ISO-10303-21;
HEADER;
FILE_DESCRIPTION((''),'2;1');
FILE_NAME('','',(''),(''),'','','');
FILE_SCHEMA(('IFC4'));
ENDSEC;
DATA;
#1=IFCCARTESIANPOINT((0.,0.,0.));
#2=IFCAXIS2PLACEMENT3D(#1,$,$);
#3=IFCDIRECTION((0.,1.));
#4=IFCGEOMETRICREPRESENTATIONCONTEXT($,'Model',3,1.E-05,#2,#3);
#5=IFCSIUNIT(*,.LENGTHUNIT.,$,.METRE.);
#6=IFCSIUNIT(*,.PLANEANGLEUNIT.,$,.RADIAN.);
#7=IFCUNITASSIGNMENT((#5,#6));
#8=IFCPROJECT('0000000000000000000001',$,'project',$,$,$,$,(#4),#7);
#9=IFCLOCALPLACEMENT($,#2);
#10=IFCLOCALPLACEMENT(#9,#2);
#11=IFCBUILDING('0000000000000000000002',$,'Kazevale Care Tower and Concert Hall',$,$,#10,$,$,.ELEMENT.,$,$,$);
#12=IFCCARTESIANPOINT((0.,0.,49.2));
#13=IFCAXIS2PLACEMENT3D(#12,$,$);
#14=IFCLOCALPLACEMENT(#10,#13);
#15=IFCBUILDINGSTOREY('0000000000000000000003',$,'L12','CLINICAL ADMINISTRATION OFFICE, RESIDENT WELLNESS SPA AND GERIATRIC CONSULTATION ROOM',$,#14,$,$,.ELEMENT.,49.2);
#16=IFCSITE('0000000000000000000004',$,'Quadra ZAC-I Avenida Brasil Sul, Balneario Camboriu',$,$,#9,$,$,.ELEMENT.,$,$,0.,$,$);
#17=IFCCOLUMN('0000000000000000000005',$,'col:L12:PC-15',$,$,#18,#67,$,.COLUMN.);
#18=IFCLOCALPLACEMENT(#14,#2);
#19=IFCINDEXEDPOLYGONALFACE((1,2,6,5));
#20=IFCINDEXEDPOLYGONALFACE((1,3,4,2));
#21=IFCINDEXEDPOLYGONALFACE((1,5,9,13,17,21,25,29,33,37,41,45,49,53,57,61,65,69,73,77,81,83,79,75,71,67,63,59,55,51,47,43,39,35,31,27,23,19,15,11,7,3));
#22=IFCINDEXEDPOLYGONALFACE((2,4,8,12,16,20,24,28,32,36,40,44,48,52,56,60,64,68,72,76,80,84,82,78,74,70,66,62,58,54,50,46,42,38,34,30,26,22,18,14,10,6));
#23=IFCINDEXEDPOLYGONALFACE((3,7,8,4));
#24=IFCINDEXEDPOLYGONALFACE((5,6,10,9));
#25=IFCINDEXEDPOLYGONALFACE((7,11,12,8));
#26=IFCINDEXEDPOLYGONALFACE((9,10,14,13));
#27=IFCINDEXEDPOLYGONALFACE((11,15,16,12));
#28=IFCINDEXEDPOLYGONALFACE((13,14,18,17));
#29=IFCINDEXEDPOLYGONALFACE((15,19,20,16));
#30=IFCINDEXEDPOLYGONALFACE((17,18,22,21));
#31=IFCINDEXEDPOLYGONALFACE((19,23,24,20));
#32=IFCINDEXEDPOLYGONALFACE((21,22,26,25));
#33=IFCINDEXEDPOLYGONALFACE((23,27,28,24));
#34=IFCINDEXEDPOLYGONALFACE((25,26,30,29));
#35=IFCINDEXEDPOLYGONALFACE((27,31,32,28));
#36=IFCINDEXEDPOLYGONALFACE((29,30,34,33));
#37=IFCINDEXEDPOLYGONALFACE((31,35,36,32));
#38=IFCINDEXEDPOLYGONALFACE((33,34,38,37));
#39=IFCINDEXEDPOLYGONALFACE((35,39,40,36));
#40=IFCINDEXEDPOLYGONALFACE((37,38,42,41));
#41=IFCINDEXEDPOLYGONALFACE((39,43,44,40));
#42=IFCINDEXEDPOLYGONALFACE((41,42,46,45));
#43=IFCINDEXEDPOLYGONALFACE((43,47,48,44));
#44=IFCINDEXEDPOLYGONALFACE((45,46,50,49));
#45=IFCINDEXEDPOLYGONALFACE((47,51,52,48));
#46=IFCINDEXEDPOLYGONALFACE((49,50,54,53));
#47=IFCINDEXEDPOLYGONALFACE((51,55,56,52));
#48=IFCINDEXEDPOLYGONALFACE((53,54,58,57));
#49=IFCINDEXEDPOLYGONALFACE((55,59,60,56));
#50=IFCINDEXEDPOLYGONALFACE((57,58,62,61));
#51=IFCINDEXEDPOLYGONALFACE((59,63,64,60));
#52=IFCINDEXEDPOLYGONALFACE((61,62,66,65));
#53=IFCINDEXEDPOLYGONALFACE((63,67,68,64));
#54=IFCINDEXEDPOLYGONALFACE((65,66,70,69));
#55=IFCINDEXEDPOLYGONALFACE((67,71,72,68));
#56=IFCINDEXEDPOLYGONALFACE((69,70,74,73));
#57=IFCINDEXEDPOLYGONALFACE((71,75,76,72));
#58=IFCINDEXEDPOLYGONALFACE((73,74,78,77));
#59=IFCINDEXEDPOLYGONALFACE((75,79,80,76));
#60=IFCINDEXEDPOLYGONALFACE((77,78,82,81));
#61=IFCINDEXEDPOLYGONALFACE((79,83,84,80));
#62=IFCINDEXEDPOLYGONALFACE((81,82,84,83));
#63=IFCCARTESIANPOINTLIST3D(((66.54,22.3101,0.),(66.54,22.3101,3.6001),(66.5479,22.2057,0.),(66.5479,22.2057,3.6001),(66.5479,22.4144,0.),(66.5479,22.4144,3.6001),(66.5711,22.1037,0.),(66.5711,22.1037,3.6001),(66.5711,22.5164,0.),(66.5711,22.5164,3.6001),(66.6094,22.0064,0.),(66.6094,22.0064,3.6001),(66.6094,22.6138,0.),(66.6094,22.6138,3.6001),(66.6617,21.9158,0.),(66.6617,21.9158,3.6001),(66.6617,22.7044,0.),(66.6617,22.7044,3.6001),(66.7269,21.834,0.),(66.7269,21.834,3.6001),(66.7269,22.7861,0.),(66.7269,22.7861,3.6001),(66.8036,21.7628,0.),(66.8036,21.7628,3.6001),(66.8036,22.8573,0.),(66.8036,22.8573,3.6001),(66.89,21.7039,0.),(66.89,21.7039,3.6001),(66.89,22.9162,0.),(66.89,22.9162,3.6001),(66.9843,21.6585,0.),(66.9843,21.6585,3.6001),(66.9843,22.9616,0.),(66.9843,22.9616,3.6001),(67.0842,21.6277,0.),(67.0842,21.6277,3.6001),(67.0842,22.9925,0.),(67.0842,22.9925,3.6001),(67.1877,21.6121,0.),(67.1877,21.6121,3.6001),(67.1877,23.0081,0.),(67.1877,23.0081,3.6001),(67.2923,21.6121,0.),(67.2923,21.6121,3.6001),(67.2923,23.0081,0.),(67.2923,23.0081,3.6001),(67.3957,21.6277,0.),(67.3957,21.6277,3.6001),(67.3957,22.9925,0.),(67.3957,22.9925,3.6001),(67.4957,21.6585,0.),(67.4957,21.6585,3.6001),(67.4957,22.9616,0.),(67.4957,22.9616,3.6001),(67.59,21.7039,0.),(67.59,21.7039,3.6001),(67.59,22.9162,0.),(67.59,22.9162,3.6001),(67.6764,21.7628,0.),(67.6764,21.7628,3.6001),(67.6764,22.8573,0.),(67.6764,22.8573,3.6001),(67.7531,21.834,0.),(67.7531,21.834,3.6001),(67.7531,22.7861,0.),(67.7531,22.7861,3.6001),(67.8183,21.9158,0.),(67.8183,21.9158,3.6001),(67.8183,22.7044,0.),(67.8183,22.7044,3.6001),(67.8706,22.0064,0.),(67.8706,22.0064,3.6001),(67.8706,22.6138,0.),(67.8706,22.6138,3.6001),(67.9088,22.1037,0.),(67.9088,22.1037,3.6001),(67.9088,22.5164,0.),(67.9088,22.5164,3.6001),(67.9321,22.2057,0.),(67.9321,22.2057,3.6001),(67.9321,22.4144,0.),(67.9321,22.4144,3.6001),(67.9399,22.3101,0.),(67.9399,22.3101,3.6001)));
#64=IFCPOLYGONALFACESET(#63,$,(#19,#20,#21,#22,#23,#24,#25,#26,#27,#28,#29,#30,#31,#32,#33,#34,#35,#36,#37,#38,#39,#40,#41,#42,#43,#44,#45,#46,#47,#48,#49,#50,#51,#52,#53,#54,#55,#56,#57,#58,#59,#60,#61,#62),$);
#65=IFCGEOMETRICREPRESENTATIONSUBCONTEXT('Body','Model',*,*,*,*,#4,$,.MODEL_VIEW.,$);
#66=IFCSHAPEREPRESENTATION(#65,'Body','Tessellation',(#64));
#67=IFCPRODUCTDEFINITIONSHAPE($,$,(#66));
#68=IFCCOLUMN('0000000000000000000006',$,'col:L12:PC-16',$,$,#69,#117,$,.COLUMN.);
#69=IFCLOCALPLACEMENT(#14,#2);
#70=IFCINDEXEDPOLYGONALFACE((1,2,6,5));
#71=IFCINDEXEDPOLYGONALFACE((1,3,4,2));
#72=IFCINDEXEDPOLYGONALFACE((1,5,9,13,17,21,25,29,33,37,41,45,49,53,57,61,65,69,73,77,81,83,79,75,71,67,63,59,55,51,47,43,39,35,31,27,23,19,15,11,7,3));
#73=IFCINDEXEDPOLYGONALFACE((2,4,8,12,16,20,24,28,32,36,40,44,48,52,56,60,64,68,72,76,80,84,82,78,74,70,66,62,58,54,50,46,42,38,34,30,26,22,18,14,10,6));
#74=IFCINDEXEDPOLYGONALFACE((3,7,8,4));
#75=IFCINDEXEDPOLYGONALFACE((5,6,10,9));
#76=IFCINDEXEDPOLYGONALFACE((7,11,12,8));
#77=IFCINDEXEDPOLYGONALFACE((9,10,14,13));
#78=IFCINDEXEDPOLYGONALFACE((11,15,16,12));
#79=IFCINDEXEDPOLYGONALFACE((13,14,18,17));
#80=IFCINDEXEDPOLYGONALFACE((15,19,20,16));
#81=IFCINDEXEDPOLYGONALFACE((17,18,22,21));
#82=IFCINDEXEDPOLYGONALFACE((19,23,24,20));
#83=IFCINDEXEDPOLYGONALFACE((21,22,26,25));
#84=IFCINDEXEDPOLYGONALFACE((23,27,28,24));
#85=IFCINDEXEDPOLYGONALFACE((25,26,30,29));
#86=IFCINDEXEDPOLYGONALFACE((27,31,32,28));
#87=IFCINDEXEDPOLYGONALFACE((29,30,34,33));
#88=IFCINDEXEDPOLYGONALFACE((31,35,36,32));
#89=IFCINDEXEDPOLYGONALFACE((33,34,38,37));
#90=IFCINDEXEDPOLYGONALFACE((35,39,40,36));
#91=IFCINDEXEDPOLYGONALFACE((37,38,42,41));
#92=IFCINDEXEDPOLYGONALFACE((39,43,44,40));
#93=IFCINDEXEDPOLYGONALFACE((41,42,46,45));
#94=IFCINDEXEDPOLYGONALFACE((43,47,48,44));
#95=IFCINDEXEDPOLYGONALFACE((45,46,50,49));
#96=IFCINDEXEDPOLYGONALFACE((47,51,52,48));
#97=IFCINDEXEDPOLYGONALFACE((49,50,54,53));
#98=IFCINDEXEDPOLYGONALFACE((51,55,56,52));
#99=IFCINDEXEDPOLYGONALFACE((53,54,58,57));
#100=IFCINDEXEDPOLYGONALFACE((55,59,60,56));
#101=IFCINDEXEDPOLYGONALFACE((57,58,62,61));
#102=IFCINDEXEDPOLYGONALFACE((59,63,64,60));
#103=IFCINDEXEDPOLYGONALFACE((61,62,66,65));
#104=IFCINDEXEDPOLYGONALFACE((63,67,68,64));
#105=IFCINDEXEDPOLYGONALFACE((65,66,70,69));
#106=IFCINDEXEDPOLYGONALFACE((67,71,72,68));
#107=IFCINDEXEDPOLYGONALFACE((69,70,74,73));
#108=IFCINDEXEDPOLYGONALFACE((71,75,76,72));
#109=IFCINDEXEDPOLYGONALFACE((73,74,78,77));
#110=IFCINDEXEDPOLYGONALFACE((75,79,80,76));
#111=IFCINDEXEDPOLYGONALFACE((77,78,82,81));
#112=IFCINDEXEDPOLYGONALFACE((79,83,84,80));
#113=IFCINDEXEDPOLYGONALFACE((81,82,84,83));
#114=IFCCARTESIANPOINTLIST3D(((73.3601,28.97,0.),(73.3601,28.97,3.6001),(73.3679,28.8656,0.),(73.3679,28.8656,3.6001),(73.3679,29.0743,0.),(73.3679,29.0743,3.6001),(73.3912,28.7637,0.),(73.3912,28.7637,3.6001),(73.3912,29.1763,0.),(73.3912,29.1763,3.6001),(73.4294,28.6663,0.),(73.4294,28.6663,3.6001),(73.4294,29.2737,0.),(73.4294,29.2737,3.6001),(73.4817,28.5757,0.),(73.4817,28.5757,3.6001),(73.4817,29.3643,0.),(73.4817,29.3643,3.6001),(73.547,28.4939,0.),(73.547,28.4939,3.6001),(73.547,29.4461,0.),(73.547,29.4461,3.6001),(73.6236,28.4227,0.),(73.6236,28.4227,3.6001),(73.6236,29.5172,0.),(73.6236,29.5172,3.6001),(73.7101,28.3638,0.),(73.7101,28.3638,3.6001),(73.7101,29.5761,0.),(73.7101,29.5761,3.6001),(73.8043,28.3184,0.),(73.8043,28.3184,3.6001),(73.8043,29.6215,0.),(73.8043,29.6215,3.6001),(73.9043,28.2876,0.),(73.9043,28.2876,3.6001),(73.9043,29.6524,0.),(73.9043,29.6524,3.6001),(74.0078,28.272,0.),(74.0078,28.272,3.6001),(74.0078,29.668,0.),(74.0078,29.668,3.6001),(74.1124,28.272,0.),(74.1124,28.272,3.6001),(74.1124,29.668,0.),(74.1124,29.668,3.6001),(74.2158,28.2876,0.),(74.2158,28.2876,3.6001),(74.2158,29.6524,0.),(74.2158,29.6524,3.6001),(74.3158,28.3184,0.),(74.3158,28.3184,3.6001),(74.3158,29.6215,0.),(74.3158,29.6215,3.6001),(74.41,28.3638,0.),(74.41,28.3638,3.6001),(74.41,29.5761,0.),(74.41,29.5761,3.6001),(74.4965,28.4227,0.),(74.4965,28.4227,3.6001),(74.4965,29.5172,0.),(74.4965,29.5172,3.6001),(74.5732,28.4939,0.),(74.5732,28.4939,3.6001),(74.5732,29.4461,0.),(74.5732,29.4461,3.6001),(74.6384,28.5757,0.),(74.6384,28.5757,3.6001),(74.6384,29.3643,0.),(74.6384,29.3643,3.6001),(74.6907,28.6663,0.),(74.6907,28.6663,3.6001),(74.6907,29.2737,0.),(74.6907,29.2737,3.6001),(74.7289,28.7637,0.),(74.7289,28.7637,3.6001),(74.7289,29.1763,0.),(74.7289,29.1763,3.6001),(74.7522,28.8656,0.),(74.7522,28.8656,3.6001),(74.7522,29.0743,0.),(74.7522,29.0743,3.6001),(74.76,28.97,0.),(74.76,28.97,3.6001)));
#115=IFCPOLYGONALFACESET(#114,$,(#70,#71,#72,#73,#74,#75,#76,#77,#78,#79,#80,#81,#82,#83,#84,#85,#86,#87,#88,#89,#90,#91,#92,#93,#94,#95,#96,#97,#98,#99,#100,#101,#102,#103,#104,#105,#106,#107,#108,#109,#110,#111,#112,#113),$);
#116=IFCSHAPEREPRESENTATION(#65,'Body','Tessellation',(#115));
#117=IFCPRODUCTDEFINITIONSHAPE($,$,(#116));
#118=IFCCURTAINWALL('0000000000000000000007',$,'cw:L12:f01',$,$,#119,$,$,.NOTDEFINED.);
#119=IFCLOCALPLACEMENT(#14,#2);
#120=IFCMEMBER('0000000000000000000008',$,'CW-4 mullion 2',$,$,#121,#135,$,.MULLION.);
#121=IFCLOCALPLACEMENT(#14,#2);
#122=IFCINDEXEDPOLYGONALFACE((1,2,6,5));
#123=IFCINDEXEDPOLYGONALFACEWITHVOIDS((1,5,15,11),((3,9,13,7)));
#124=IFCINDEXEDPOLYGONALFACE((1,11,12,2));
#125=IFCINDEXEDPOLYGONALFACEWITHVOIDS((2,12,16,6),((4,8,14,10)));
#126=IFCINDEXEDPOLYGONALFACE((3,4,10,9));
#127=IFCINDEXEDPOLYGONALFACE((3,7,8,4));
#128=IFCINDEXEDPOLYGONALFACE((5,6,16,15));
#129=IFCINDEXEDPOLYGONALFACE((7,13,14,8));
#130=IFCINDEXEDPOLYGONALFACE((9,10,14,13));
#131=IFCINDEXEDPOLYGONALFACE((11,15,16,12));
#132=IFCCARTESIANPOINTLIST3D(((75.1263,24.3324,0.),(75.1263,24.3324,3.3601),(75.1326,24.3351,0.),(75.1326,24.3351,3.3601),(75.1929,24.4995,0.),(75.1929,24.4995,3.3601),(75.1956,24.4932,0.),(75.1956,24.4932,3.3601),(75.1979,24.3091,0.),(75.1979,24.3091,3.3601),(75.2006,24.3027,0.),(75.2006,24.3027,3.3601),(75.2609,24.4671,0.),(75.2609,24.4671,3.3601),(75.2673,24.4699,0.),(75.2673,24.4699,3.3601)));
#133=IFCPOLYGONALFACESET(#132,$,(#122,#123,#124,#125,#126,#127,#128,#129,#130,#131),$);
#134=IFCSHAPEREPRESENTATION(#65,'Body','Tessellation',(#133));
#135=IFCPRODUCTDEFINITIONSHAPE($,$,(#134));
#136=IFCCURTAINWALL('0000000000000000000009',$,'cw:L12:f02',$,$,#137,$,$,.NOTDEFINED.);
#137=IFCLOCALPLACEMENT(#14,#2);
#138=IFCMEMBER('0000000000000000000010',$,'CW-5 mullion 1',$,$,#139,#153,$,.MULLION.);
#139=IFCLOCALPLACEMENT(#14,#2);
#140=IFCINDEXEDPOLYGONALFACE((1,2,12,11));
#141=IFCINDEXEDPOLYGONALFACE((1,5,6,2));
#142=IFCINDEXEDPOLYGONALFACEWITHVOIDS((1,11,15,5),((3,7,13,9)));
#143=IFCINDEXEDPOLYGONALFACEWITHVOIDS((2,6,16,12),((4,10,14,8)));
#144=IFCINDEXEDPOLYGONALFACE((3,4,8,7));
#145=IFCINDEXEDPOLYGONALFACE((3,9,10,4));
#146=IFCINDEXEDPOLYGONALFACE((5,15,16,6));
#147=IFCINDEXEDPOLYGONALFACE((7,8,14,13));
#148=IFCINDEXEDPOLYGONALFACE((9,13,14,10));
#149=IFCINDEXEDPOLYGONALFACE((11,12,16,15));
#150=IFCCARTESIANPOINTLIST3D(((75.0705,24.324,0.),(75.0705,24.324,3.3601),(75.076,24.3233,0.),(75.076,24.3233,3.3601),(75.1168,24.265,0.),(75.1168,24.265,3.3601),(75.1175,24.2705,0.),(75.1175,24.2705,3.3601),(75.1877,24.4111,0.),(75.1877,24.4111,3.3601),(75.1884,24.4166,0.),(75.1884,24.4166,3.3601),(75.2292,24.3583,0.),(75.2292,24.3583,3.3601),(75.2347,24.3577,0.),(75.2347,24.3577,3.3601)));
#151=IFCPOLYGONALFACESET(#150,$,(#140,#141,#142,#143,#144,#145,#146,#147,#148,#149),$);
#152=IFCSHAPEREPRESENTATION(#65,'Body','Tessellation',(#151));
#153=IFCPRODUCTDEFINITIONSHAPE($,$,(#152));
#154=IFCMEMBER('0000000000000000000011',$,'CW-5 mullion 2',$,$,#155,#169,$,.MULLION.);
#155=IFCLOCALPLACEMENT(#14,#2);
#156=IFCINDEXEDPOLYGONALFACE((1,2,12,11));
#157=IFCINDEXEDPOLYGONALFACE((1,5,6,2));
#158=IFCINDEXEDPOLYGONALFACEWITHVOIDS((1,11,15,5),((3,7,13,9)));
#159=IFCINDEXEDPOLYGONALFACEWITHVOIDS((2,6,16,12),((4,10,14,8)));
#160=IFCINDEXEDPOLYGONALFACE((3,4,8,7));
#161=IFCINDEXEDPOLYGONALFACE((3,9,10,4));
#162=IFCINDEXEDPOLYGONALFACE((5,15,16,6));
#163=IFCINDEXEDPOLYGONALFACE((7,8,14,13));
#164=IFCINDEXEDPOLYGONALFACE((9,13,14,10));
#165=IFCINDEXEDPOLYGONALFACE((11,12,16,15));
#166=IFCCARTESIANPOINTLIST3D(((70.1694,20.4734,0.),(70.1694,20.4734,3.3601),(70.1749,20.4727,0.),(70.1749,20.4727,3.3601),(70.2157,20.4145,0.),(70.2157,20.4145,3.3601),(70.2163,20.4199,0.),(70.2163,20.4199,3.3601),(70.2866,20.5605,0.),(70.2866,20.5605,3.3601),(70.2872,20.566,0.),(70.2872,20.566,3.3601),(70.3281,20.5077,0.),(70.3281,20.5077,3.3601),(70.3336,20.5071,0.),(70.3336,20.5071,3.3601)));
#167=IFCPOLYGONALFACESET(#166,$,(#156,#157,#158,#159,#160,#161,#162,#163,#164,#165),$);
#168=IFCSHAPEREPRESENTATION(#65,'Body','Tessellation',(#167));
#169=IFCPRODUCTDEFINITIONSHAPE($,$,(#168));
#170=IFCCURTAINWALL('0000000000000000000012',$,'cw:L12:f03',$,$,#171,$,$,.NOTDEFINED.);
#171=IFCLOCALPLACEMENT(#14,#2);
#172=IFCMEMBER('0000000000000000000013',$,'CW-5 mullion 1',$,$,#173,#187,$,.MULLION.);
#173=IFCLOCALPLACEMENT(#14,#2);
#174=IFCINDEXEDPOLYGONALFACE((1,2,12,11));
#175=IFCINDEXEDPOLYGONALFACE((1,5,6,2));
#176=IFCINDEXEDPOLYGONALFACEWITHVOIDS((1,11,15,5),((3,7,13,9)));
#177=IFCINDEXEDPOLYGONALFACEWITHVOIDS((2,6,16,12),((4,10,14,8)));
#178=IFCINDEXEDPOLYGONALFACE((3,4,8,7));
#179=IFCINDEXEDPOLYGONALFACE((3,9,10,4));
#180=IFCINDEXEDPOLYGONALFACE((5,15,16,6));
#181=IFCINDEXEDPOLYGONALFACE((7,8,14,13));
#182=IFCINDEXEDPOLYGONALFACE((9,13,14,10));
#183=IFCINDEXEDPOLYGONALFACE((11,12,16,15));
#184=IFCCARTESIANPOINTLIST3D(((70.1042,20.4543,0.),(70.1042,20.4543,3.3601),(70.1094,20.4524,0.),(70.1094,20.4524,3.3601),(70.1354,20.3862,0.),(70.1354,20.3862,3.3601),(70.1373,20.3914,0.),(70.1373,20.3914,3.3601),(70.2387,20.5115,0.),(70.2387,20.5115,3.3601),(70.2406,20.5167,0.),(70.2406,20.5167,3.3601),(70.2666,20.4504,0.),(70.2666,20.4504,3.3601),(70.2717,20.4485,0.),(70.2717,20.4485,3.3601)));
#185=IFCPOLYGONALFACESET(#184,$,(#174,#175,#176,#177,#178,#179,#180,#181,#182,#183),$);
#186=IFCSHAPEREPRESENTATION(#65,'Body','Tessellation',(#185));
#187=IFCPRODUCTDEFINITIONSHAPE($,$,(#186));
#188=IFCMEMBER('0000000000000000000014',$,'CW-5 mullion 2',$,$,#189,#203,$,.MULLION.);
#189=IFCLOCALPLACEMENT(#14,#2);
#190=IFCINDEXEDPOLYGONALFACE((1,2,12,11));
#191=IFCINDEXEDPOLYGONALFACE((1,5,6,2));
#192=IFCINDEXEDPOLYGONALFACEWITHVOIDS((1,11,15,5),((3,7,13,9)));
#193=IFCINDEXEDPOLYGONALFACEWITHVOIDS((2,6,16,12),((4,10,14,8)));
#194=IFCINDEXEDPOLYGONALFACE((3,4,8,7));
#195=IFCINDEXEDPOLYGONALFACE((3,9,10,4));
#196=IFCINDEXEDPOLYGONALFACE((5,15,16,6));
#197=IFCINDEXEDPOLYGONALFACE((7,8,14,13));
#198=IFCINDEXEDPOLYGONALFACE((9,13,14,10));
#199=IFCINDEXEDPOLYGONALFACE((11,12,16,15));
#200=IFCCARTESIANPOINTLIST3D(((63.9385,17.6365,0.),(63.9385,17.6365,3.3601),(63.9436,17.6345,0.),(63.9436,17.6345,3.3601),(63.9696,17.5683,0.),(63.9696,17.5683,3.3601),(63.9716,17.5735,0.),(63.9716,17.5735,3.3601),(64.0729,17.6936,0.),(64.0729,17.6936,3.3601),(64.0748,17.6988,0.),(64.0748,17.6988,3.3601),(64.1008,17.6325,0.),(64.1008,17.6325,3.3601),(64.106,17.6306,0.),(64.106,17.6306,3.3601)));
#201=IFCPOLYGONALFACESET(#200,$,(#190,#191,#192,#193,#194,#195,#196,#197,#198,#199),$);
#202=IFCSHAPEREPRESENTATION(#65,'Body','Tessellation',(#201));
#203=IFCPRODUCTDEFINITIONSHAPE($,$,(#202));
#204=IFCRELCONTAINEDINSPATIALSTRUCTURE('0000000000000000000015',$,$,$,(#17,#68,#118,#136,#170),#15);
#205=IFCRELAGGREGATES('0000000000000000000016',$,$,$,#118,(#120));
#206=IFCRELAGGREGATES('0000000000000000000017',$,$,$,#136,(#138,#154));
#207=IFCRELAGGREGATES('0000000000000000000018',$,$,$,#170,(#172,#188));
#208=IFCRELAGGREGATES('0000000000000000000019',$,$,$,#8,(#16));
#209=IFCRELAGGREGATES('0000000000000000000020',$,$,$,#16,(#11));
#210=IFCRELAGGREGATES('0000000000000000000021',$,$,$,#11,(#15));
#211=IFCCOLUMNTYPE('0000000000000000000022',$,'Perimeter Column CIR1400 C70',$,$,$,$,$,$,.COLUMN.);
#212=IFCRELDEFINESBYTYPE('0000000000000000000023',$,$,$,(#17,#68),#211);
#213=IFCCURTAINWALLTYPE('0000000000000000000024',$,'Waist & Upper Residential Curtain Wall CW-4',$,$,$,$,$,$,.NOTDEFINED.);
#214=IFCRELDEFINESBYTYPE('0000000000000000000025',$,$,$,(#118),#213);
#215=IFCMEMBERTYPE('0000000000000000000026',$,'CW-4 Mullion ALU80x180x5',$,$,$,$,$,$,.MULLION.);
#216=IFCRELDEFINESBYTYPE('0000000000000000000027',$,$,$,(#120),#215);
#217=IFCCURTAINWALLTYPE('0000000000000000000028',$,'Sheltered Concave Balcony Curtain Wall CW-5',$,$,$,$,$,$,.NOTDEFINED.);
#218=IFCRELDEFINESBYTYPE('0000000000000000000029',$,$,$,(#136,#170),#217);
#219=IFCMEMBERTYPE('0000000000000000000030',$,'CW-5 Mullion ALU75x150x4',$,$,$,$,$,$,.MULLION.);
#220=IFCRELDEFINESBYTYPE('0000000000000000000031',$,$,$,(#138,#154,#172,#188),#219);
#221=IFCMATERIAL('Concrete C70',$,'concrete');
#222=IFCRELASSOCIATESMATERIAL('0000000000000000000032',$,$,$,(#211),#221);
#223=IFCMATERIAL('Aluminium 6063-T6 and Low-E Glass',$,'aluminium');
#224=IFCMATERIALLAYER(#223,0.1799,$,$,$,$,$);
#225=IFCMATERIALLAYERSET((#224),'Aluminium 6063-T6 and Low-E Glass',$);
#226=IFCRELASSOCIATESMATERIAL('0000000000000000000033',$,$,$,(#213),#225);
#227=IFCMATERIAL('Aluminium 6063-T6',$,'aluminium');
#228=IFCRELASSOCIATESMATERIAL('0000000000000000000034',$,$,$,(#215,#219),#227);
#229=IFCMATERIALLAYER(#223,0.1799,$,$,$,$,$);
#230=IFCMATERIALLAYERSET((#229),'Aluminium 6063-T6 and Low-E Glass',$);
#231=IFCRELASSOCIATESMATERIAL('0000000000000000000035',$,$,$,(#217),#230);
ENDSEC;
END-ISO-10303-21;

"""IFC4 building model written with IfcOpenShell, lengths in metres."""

from ifc_helpers import new_model, si_unit, direction, frame, origin, origin_2d, place, context, subcontext, project, spatial, hollow_rectangle, circle, extrude, material, layer, layer_set, material_profile, profile_set, type_object, element, aggregate, save


model = new_model("IFC4")

# Units and contexts
model_context = context("Model", 3, precision=1e-05, world=origin(), true_north=direction((0.0, 1.0)))
body_context = subcontext(model_context, "Body", "Model", "MODEL_VIEW")
ifc_project = project(units=[si_unit("LENGTHUNIT", "METRE"), si_unit("PLANEANGLEUNIT", "RADIAN")], contexts=[model_context])

# Site, building, storey
site_placement = place(None, origin())
site = spatial("IfcSite", under=ifc_project, at=site_placement, Name="Quadra ZAC-I Avenida Brasil Sul, Balneario Camboriu", CompositionType="ELEMENT", RefElevation=0.0)
building_placement = place(site_placement, origin())
building = spatial("IfcBuilding", under=site, at=building_placement, Name="Kazevale Care Tower and Concert Hall", CompositionType="ELEMENT")
storey_placement = place(building_placement, frame((0.0, 0.0, 49.2)))
storey = spatial("IfcBuildingStorey", under=building, at=storey_placement, Name="L12", Description="CLINICAL ADMINISTRATION OFFICE, RESIDENT WELLNESS SPA AND GERIATRIC CONSULTATION ROOM", CompositionType="ELEMENT", Elevation=49.2)

# Columns
ifc_material_1 = material(Name="Concrete C70", Category="concrete")
ifc_material_profile_1 = material_profile(ifc_material_1, circle(Radius=0.7, at=origin_2d()), Name="RC-CIR1400")
ifc_profile_set_1 = profile_set([ifc_material_profile_1], Name="Concrete C70")
column_type = type_object("IfcColumnType", Name="Perimeter Column CIR1400 C70", PredefinedType="COLUMN", material=ifc_profile_set_1)
for number, where, z_axis, x_axis, name in (
    (1, (67.24, 22.3101, 0.0), (0.0, 0.0, 1.0), (1.0, 0.0, 0.0), "col:L12:PC-15"),
    (2, (74.0601, 28.97, 0.0), (0.0, 0.0, 1.0), (1.0, 0.0, 0.0), "col:L12:PC-16"),
):
    element("IfcColumn", number, at=place(storey_placement, frame(where, z_axis=z_axis, x_axis=x_axis)), inside=storey, type_object=column_type, Name=name, PredefinedType="COLUMN", context=body_context, shape_type="SweptSolid", body=[
        extrude(circle(Radius=0.7, at=origin_2d()), origin(), (0.0, 0.0, 1.0), 3.6001),
    ])

# Curtain wall, member
ifc_material_2 = material(Name="Aluminium 6063-T6 and Low-E Glass", Category="aluminium")
ifc_layer_1 = layer(ifc_material_2, 0.1799)
ifc_layer_set_1 = layer_set([ifc_layer_1], Name="Aluminium 6063-T6 and Low-E Glass")
curtain_wall_type_1 = type_object("IfcCurtainWallType", Name="Waist & Upper Residential Curtain Wall CW-4", PredefinedType="NOTDEFINED", material=ifc_layer_set_1)
curtain_wall_1_placement = place(storey_placement, origin())
curtain_wall_1 = element("IfcCurtainWall", 3, at=curtain_wall_1_placement, inside=storey, type_object=curtain_wall_type_1, Name="cw:L12:f01", PredefinedType="NOTDEFINED")
ifc_material_3 = material(Name="Aluminium 6063-T6", Category="aluminium")
ifc_material_profile_2 = material_profile(ifc_material_3, hollow_rectangle(XDim=0.0801, YDim=0.1799, WallThickness=0.0049, at=origin_2d()), Name="ALU80x180x5")
ifc_profile_set_2 = profile_set([ifc_material_profile_2], Name="Aluminium 6063-T6")
member_type_1 = type_object("IfcMemberType", Name="CW-4 Mullion ALU80x180x5", PredefinedType="MULLION", material=ifc_profile_set_2)
member_1_placement = place(storey_placement, frame((75.1968, 24.4011, 0.0), z_axis=(0.0, 0.0, 1.0), x_axis=(0.928861, -0.370427, 0.0)))
member_1 = element("IfcMember", 4, at=member_1_placement, type_object=member_type_1, Name="CW-4 mullion 2", PredefinedType="MULLION", context=body_context, shape_type="SweptSolid", body=[
    extrude(hollow_rectangle(XDim=0.0801, YDim=0.1799, WallThickness=0.0049, at=origin_2d()), origin(), (0.0, 0.0, 1.0), 3.3601),
])
aggregate(curtain_wall_1, [member_1])

# Curtain walls, members
ifc_layer_2 = layer(ifc_material_2, 0.1799)
ifc_layer_set_2 = layer_set([ifc_layer_2], Name="Aluminium 6063-T6 and Low-E Glass")
curtain_wall_type_2 = type_object("IfcCurtainWallType", Name="Sheltered Concave Balcony Curtain Wall CW-5", PredefinedType="NOTDEFINED", material=ifc_layer_set_2)
curtain_wall_2_placement = place(storey_placement, origin())
curtain_wall_2 = element("IfcCurtainWall", 5, at=curtain_wall_2_placement, inside=storey, type_object=curtain_wall_type_2, Name="cw:L12:f02", PredefinedType="NOTDEFINED")
ifc_material_profile_3 = material_profile(ifc_material_3, hollow_rectangle(XDim=0.075, YDim=0.1499, WallThickness=0.0039, at=origin_2d()), Name="ALU75x150x4")
ifc_profile_set_3 = profile_set([ifc_material_profile_3], Name="Aluminium 6063-T6")
member_type_2 = type_object("IfcMemberType", Name="CW-5 Mullion ALU75x150x4", PredefinedType="MULLION", material=ifc_profile_set_3)
member_2_placement = place(storey_placement, frame((75.1526, 24.3408, 0.0), z_axis=(0.0, 0.0, 1.0), x_axis=(0.617808, -0.786329, 0.0)))
member_2 = element("IfcMember", 6, at=member_2_placement, type_object=member_type_2, Name="CW-5 mullion 1", PredefinedType="MULLION", context=body_context, shape_type="SweptSolid", body=[
    extrude(hollow_rectangle(XDim=0.075, YDim=0.1499, WallThickness=0.0039, at=origin_2d()), origin(), (0.0, 0.0, 1.0), 3.3601),
])
member_3_placement = place(storey_placement, frame((70.2515, 20.4902, 0.0), z_axis=(0.0, 0.0, 1.0), x_axis=(0.617808, -0.786329, 0.0)))
member_3 = element("IfcMember", 7, at=member_3_placement, type_object=member_type_2, Name="CW-5 mullion 2", PredefinedType="MULLION", context=body_context, shape_type="SweptSolid", body=[
    extrude(hollow_rectangle(XDim=0.075, YDim=0.1499, WallThickness=0.0039, at=origin_2d()), origin(), (0.0, 0.0, 1.0), 3.3601),
])
curtain_wall_3_placement = place(storey_placement, origin())
curtain_wall_3 = element("IfcCurtainWall", 8, at=curtain_wall_3_placement, inside=storey, type_object=curtain_wall_type_2, Name="cw:L12:f03", PredefinedType="NOTDEFINED")
member_4_placement = place(storey_placement, frame((70.188, 20.4514, 0.0), z_axis=(0.0, 0.0, 1.0), x_axis=(0.41566, -0.90952, 0.0)))
member_4 = element("IfcMember", 9, at=member_4_placement, type_object=member_type_2, Name="CW-5 mullion 1", PredefinedType="MULLION", context=body_context, shape_type="SweptSolid", body=[
    extrude(hollow_rectangle(XDim=0.075, YDim=0.1499, WallThickness=0.0039, at=origin_2d()), origin(), (0.0, 0.0, 1.0), 3.3601),
])
member_5_placement = place(storey_placement, frame((64.0222, 17.6335, 0.0), z_axis=(0.0, 0.0, 1.0), x_axis=(0.41566, -0.90952, 0.0)))
member_5 = element("IfcMember", 10, at=member_5_placement, type_object=member_type_2, Name="CW-5 mullion 2", PredefinedType="MULLION", context=body_context, shape_type="SweptSolid", body=[
    extrude(hollow_rectangle(XDim=0.075, YDim=0.1499, WallThickness=0.0039, at=origin_2d()), origin(), (0.0, 0.0, 1.0), 3.3601),
])

aggregate(curtain_wall_2, [member_2, member_3])
aggregate(curtain_wall_3, [member_4, member_5])

save(model, "model.ifc")
